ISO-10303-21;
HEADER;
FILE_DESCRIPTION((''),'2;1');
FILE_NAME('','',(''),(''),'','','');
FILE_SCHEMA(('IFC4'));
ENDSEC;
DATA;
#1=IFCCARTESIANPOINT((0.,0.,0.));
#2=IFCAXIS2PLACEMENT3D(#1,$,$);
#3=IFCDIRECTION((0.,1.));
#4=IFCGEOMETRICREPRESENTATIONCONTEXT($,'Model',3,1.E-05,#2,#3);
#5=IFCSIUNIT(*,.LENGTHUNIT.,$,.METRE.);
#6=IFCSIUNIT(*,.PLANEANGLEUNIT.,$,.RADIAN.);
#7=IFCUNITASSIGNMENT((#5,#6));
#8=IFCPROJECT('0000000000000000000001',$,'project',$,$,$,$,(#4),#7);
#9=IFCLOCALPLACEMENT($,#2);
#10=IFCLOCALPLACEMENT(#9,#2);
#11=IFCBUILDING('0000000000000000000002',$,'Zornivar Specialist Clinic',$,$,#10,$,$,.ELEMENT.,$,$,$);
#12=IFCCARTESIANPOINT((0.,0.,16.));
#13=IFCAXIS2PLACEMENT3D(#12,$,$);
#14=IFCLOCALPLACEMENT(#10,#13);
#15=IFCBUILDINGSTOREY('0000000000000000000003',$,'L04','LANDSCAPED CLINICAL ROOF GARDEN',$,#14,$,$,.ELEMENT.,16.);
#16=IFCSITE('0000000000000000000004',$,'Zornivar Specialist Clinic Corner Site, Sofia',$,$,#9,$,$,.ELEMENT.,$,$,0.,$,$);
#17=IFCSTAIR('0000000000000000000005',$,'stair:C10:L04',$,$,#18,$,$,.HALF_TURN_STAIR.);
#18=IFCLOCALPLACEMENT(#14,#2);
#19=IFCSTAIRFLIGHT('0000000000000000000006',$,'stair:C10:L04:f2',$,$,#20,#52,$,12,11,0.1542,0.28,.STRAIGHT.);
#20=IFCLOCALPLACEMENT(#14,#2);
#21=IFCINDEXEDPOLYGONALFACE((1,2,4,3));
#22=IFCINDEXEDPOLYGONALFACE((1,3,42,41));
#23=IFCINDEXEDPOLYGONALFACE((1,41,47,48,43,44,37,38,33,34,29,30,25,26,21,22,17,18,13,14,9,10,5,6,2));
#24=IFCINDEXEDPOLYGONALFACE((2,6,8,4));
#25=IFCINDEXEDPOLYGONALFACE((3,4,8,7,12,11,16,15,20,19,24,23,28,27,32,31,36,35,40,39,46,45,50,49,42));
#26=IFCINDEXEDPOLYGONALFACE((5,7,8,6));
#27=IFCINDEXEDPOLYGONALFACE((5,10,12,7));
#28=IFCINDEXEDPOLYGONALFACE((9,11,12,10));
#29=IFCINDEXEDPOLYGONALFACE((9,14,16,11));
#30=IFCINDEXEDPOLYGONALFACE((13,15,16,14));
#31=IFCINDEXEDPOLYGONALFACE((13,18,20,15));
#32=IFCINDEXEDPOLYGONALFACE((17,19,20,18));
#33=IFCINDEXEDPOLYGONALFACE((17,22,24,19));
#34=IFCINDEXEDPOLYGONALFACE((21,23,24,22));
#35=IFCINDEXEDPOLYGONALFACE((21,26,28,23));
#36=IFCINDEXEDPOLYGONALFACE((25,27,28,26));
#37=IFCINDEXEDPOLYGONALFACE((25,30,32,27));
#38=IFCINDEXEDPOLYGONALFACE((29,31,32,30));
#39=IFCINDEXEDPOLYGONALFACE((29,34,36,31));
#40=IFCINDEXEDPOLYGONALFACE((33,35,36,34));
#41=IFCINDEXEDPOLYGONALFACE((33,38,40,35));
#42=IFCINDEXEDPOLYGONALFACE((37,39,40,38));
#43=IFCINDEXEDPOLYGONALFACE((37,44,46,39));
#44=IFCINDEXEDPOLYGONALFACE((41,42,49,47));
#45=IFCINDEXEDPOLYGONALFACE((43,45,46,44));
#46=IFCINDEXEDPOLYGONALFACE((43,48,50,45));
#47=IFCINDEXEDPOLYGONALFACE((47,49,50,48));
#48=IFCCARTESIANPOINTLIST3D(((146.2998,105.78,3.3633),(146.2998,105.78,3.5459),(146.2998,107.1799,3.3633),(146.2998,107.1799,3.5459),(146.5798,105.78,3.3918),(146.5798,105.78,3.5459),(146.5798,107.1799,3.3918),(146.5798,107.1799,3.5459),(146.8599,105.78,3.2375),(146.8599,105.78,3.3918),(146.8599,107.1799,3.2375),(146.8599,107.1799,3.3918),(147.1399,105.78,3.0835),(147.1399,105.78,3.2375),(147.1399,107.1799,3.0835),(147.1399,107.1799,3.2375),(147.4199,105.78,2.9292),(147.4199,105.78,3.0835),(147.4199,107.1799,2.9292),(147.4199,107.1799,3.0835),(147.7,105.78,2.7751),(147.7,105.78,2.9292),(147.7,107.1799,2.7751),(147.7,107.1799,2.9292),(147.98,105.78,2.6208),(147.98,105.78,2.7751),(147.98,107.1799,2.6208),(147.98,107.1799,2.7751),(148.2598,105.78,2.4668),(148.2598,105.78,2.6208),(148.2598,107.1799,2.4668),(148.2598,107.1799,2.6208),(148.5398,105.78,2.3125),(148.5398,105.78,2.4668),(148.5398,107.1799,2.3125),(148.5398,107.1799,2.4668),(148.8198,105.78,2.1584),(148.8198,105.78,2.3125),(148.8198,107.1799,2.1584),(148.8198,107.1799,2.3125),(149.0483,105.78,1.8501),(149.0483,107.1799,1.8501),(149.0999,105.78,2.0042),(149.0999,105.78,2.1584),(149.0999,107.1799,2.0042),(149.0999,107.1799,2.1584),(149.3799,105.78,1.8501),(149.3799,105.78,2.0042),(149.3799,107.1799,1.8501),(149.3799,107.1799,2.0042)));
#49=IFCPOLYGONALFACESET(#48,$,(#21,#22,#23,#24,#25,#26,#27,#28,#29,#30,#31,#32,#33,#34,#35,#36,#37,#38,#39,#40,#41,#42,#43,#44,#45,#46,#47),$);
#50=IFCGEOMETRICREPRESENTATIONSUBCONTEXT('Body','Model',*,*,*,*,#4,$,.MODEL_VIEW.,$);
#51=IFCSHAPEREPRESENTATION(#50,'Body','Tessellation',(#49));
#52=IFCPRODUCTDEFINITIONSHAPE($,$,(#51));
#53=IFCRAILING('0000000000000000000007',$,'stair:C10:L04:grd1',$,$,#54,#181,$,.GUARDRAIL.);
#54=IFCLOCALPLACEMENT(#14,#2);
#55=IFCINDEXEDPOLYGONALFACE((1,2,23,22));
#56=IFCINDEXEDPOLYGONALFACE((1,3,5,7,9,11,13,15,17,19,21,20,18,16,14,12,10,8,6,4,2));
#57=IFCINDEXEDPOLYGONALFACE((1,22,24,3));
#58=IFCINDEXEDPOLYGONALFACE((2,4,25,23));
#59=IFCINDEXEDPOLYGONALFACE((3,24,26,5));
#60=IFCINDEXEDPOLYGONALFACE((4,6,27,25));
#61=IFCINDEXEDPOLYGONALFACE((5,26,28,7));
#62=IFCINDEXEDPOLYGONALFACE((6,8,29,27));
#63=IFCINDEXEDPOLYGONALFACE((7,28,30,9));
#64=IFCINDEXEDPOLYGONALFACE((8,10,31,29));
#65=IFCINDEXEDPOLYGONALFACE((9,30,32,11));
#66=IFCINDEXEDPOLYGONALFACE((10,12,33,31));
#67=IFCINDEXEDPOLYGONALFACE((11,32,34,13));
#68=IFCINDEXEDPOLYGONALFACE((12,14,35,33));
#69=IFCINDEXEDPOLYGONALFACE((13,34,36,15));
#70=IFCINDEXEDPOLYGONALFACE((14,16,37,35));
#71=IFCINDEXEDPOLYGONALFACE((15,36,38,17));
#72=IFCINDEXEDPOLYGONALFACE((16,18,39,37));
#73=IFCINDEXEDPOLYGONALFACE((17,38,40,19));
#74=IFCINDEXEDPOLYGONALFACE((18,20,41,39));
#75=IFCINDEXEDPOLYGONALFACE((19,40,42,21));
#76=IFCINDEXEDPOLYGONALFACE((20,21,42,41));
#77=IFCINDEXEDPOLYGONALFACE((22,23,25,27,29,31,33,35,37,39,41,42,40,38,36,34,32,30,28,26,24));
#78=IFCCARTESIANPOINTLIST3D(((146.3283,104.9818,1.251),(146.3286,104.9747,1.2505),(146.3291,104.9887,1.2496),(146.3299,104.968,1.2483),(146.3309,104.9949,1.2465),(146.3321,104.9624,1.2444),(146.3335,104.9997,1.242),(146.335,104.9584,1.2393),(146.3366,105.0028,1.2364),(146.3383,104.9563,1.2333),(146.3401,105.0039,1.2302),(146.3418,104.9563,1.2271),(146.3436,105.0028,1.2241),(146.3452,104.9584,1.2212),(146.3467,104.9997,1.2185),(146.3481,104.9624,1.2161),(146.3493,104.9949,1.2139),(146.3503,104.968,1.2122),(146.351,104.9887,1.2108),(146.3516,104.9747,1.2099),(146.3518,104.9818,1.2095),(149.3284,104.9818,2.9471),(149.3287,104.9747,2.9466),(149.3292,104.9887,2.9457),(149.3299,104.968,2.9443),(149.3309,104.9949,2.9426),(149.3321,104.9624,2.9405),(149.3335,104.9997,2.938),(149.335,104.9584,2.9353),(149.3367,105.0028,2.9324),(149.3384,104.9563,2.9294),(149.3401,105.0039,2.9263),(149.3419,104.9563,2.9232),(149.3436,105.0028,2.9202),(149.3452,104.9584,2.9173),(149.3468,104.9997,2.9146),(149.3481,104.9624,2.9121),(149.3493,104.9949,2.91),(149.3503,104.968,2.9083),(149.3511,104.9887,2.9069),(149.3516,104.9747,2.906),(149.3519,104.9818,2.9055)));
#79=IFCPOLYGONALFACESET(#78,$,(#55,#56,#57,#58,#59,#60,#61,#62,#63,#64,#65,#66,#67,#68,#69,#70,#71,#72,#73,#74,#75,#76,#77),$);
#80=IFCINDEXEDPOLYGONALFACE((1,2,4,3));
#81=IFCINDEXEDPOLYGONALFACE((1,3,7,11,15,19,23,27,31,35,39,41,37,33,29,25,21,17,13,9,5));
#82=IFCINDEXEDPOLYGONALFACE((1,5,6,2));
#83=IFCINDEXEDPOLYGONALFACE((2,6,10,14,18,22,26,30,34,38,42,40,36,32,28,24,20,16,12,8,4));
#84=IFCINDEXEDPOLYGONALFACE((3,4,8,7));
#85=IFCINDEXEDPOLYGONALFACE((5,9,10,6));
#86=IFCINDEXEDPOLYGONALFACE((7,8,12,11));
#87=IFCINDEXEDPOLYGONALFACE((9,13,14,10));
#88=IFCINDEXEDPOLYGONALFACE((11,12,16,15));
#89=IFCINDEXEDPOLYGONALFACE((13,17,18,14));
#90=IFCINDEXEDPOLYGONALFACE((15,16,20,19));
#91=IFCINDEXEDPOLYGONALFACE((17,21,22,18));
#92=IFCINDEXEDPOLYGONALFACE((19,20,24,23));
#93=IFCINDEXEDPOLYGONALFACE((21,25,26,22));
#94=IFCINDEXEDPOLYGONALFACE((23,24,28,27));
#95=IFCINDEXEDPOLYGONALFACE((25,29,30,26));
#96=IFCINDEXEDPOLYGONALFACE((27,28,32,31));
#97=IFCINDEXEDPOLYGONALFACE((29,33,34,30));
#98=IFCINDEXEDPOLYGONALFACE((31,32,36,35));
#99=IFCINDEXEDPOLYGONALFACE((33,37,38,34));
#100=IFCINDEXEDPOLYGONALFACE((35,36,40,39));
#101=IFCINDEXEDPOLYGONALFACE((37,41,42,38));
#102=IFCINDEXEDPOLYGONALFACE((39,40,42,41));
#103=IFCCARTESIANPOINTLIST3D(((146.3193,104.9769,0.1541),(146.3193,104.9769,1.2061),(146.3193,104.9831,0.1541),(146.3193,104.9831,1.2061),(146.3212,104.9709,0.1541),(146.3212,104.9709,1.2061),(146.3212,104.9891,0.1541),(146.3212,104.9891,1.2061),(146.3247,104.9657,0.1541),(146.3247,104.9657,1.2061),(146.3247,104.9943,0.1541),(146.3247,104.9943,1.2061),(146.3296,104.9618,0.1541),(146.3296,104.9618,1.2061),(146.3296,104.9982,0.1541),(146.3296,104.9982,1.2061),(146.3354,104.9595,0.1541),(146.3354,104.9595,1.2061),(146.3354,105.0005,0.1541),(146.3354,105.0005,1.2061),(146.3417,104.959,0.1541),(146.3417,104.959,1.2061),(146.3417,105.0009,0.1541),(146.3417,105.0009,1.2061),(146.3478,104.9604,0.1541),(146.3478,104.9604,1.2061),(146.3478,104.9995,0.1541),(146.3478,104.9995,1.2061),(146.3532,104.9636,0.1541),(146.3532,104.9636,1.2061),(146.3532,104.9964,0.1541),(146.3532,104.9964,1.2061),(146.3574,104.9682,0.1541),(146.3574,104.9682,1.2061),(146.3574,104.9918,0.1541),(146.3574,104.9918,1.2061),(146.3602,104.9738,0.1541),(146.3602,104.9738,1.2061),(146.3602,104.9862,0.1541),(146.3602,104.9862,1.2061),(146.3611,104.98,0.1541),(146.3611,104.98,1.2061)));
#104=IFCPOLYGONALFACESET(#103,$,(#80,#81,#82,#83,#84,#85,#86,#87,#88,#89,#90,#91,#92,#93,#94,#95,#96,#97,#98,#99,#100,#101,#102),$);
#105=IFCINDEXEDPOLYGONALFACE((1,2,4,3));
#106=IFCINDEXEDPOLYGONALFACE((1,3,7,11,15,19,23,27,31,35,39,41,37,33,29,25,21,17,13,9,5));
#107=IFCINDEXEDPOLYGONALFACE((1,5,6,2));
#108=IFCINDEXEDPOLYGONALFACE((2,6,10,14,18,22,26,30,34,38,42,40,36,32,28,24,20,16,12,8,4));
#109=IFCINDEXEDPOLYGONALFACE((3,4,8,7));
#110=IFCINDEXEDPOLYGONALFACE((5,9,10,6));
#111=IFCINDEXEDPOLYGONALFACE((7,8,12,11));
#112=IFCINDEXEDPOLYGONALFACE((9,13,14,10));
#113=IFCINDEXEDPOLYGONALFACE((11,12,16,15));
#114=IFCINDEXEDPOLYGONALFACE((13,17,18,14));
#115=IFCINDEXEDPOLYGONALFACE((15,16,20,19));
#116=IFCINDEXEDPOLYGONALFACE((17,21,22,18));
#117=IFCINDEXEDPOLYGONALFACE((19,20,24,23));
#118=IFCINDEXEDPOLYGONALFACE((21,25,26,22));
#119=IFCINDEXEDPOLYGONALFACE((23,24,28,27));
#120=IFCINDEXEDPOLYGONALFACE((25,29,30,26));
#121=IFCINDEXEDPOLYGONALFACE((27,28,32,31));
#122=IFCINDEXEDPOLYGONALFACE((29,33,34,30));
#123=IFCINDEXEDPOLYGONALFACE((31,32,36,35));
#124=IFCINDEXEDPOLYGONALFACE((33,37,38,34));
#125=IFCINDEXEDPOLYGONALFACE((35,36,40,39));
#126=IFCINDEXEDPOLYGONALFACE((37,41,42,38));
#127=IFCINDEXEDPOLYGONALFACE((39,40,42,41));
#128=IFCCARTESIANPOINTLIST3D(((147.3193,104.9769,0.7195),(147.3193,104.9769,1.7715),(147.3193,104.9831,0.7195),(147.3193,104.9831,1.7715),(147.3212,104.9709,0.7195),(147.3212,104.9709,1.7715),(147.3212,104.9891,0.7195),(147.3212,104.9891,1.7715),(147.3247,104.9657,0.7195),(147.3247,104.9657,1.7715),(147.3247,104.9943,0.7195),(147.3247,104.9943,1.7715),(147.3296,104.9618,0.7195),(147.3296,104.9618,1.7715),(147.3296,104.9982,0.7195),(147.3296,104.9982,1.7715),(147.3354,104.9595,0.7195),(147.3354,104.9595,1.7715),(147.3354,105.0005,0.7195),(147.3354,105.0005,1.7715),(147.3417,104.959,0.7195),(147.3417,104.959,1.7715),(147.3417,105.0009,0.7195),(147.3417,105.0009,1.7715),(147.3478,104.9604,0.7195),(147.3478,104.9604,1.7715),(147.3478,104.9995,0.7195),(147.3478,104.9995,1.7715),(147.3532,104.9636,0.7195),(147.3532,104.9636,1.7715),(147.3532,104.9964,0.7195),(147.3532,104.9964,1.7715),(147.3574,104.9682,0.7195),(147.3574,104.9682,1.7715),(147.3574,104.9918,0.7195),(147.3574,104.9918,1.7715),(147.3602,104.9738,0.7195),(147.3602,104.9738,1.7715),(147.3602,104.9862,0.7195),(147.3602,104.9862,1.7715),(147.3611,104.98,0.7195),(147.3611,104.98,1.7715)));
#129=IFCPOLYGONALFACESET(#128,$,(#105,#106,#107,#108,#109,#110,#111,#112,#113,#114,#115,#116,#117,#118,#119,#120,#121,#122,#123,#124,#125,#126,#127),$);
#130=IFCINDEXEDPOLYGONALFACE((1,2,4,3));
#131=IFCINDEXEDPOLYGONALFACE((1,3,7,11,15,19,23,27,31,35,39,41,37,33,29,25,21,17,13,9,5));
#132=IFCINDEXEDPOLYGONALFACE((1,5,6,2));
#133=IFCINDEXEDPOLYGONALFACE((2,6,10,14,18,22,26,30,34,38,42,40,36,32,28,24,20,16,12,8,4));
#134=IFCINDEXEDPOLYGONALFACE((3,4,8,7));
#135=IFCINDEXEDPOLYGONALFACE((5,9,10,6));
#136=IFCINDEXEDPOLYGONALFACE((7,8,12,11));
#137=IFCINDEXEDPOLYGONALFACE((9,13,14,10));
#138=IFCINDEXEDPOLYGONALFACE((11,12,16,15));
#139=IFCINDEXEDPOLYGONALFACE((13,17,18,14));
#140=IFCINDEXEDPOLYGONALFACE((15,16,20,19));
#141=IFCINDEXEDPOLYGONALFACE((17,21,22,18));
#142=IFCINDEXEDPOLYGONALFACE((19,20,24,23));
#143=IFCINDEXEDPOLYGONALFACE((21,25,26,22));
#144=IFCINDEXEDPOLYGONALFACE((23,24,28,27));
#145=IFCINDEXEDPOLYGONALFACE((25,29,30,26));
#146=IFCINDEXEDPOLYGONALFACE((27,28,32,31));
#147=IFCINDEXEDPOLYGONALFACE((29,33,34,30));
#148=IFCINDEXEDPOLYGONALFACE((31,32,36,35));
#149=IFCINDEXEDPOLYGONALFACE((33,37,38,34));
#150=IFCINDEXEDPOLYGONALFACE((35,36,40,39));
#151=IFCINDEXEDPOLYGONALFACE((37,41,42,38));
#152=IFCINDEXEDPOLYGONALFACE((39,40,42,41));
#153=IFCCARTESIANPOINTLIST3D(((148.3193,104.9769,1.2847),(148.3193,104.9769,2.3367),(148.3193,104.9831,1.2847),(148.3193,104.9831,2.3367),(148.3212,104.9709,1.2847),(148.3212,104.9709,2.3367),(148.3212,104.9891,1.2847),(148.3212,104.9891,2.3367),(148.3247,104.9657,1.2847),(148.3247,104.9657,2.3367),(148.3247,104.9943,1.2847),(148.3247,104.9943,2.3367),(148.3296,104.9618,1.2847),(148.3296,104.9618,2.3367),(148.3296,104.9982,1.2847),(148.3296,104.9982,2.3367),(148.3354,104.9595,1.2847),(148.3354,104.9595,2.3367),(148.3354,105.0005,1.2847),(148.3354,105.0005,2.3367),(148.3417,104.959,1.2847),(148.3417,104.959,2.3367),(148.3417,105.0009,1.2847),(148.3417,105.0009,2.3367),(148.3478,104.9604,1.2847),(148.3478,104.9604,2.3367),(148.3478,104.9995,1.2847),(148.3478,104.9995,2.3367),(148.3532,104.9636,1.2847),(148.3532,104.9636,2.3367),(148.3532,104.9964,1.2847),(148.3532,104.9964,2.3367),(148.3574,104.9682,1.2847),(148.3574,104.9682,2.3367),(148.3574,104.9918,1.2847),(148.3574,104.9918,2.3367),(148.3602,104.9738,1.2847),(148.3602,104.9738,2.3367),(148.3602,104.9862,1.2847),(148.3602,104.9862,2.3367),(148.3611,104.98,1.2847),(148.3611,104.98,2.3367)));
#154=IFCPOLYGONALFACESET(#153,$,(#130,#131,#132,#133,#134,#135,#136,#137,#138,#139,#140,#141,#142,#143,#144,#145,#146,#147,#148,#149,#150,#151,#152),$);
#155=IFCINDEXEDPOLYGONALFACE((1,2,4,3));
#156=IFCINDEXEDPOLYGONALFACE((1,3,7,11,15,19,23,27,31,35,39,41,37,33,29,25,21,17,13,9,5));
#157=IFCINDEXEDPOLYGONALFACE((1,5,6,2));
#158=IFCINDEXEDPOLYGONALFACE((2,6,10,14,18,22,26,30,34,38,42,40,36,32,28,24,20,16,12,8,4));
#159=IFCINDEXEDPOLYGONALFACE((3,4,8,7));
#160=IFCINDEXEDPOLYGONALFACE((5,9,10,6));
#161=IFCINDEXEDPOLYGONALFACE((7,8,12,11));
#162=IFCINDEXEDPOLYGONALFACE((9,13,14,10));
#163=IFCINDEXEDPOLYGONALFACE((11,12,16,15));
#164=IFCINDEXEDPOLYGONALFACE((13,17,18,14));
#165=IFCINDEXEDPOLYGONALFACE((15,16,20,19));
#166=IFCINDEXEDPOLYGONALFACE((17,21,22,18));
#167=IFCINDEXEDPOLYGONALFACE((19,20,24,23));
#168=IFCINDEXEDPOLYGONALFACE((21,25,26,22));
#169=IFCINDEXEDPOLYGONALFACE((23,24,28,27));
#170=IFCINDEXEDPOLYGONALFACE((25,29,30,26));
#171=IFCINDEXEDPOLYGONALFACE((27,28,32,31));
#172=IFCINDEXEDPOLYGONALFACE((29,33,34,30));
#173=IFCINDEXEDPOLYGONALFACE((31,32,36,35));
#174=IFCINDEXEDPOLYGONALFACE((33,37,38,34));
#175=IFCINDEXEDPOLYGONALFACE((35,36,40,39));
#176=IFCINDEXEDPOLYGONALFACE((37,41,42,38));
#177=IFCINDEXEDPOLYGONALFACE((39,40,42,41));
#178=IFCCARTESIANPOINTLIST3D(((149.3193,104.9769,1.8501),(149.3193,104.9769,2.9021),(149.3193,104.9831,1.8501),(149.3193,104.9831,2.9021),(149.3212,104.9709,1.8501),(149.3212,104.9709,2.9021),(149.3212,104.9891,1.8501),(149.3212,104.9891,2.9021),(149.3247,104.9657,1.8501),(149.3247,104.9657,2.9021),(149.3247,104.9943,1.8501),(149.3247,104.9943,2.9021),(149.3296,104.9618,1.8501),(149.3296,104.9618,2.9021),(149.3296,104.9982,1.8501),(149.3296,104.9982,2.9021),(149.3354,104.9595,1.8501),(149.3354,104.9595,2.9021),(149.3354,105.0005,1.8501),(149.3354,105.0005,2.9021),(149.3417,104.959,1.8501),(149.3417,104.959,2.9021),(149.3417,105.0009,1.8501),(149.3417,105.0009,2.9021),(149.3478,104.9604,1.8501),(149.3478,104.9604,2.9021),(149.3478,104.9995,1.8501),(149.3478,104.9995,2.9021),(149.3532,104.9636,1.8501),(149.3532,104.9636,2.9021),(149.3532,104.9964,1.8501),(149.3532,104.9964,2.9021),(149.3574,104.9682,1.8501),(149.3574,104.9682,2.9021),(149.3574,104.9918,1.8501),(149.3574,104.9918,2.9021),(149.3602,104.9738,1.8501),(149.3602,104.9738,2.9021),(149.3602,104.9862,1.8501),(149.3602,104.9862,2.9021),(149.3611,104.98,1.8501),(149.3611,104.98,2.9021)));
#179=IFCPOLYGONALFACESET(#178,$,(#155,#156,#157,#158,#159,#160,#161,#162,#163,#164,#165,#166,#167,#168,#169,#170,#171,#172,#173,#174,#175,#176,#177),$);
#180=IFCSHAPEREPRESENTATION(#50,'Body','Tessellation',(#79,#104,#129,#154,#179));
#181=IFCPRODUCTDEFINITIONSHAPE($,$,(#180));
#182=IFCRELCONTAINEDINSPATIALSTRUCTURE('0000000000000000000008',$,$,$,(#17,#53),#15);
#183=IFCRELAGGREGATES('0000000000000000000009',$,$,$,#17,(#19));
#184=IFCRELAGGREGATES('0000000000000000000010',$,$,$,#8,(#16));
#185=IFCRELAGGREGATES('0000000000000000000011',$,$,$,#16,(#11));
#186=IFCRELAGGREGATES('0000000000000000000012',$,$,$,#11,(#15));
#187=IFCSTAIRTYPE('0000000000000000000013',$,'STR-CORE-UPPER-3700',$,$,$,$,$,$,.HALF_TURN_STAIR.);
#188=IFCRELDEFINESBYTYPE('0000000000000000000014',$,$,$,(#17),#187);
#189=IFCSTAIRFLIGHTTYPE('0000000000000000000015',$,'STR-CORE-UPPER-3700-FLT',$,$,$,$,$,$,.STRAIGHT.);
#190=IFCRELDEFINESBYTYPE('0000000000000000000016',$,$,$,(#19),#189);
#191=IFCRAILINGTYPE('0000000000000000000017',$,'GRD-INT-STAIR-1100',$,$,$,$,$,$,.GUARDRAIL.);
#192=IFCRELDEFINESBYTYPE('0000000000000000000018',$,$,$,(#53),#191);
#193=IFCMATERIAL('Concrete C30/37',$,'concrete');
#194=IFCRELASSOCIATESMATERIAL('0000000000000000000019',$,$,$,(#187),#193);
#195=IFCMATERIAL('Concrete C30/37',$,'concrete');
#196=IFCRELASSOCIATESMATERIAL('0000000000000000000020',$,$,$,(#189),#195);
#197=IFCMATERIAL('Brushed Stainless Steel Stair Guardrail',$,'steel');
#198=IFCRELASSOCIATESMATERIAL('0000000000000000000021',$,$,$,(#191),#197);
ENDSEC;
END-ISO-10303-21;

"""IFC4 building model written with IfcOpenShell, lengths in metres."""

from ifc_helpers import new_model, si_unit, direction, frame, origin, origin_2d, place, context, subcontext, project, spatial, polyline, circle, outline, extrude, material, type_object, element, aggregate, save


model = new_model("IFC4")

# Units and contexts
model_context = context("Model", 3, precision=1e-05, world=origin(), true_north=direction((0.0, 1.0)))
body_context = subcontext(model_context, "Body", "Model", "MODEL_VIEW")
ifc_project = project(units=[si_unit("LENGTHUNIT", "METRE"), si_unit("PLANEANGLEUNIT", "RADIAN")], contexts=[model_context])

# Site, building, storey
site_placement = place(None, origin())
site = spatial("IfcSite", under=ifc_project, at=site_placement, Name="Zornivar Specialist Clinic Corner Site, Sofia", CompositionType="ELEMENT", RefElevation=0.0)
building_placement = place(site_placement, origin())
building = spatial("IfcBuilding", under=site, at=building_placement, Name="Zornivar Specialist Clinic", CompositionType="ELEMENT")
storey_placement = place(building_placement, frame((0.0, 0.0, 16.0)))
storey = spatial("IfcBuildingStorey", under=building, at=storey_placement, Name="L04", Description="LANDSCAPED CLINICAL ROOF GARDEN", CompositionType="ELEMENT", Elevation=16.0)

# Stair, stair flight
ifc_material_1 = material(Name="Concrete C30/37", Category="concrete")
stair_type = type_object("IfcStairType", Name="STR-CORE-UPPER-3700", PredefinedType="HALF_TURN_STAIR", material=ifc_material_1)
stair_placement = place(storey_placement, origin())
stair = element("IfcStair", 1, at=stair_placement, inside=storey, type_object=stair_type, Name="stair:C10:L04", PredefinedType="HALF_TURN_STAIR")
ifc_material_2 = material(Name="Concrete C30/37", Category="concrete")
stair_flight_type = type_object("IfcStairFlightType", Name="STR-CORE-UPPER-3700-FLT", PredefinedType="STRAIGHT", material=ifc_material_2)
stair_flight_1_placement = place(storey_placement, frame((149.3799, 106.48, 1.8501), z_axis=(0.0, 0.0, 1.0), x_axis=(-1.0, 0.0, 0.0)))
stair_flight_1 = element("IfcStairFlight", 2, at=stair_flight_1_placement, type_object=stair_flight_type, Name="stair:C10:L04:f2", NumberOfRisers=12, NumberOfTreads=11, PredefinedType="STRAIGHT", RiserHeight=0.1542, TreadLength=0.28, context=body_context, shape_type="SweptSolid", body=[
    extrude(outline(polyline([(0.0, 0.0), (0.0, 0.1541), (0.28, 0.1541), (0.28, 0.3083), (0.5601, 0.3083), (0.5601, 0.4624), (0.8401, 0.4624), (0.8401, 0.6167), (1.1201, 0.6167), (1.1201, 0.7708), (1.3999, 0.7708), (1.3999, 0.925), (1.6799, 0.925), (1.6799, 1.0791), (1.96, 1.0791), (1.96, 1.2334), (2.24, 1.2334), (2.24, 1.3875), (2.52, 1.3875), (2.52, 1.5417), (2.8, 1.5417), (2.8, 1.6958), (3.0801, 1.6958), (3.0801, 1.8501), (3.0801, 1.5132), (0.3315, 0.0), (0.0, 0.0)])), frame((0.0, 0.7, 0.0), z_axis=(0.0, -1.0, 0.0), x_axis=(1.0, 0.0, 0.0)), (0.0, 0.0, 1.0), 1.3999),
])
aggregate(stair, [stair_flight_1])

# Railing
ifc_material_3 = material(Name="Brushed Stainless Steel Stair Guardrail", Category="steel")
railing_type_1 = type_object("IfcRailingType", Name="GRD-INT-STAIR-1100", PredefinedType="GUARDRAIL", material=ifc_material_3)
railing_1_placement = place(storey_placement, frame((146.3401, 104.98, 0.1541)))
element("IfcRailing", 3, at=railing_1_placement, inside=storey, type_object=railing_type_1, Name="stair:C10:L04:grd1", PredefinedType="GUARDRAIL", context=body_context, shape_type="SweptSolid", body=[
    extrude(circle(Radius=0.0239, at=origin_2d()), frame((0.0, 0.0, 1.0762), z_axis=(0.870514, 0.0, 0.492144), x_axis=(0.0, 1.0, 0.0)), (0.0, 0.0, 1.0), 3.4463),
    extrude(circle(Radius=0.021, at=origin_2d()), origin(), (0.0, 0.0, 1.0), 1.052),
    extrude(circle(Radius=0.021, at=origin_2d()), frame((1.0, 0.0, 0.5654)), (0.0, 0.0, 1.0), 1.052),
    extrude(circle(Radius=0.021, at=origin_2d()), frame((2.0, 0.0, 1.1306)), (0.0, 0.0, 1.0), 1.052),
    extrude(circle(Radius=0.021, at=origin_2d()), frame((3.0, 0.0, 1.696)), (0.0, 0.0, 1.0), 1.052),
])

save(model, "model.ifc")
